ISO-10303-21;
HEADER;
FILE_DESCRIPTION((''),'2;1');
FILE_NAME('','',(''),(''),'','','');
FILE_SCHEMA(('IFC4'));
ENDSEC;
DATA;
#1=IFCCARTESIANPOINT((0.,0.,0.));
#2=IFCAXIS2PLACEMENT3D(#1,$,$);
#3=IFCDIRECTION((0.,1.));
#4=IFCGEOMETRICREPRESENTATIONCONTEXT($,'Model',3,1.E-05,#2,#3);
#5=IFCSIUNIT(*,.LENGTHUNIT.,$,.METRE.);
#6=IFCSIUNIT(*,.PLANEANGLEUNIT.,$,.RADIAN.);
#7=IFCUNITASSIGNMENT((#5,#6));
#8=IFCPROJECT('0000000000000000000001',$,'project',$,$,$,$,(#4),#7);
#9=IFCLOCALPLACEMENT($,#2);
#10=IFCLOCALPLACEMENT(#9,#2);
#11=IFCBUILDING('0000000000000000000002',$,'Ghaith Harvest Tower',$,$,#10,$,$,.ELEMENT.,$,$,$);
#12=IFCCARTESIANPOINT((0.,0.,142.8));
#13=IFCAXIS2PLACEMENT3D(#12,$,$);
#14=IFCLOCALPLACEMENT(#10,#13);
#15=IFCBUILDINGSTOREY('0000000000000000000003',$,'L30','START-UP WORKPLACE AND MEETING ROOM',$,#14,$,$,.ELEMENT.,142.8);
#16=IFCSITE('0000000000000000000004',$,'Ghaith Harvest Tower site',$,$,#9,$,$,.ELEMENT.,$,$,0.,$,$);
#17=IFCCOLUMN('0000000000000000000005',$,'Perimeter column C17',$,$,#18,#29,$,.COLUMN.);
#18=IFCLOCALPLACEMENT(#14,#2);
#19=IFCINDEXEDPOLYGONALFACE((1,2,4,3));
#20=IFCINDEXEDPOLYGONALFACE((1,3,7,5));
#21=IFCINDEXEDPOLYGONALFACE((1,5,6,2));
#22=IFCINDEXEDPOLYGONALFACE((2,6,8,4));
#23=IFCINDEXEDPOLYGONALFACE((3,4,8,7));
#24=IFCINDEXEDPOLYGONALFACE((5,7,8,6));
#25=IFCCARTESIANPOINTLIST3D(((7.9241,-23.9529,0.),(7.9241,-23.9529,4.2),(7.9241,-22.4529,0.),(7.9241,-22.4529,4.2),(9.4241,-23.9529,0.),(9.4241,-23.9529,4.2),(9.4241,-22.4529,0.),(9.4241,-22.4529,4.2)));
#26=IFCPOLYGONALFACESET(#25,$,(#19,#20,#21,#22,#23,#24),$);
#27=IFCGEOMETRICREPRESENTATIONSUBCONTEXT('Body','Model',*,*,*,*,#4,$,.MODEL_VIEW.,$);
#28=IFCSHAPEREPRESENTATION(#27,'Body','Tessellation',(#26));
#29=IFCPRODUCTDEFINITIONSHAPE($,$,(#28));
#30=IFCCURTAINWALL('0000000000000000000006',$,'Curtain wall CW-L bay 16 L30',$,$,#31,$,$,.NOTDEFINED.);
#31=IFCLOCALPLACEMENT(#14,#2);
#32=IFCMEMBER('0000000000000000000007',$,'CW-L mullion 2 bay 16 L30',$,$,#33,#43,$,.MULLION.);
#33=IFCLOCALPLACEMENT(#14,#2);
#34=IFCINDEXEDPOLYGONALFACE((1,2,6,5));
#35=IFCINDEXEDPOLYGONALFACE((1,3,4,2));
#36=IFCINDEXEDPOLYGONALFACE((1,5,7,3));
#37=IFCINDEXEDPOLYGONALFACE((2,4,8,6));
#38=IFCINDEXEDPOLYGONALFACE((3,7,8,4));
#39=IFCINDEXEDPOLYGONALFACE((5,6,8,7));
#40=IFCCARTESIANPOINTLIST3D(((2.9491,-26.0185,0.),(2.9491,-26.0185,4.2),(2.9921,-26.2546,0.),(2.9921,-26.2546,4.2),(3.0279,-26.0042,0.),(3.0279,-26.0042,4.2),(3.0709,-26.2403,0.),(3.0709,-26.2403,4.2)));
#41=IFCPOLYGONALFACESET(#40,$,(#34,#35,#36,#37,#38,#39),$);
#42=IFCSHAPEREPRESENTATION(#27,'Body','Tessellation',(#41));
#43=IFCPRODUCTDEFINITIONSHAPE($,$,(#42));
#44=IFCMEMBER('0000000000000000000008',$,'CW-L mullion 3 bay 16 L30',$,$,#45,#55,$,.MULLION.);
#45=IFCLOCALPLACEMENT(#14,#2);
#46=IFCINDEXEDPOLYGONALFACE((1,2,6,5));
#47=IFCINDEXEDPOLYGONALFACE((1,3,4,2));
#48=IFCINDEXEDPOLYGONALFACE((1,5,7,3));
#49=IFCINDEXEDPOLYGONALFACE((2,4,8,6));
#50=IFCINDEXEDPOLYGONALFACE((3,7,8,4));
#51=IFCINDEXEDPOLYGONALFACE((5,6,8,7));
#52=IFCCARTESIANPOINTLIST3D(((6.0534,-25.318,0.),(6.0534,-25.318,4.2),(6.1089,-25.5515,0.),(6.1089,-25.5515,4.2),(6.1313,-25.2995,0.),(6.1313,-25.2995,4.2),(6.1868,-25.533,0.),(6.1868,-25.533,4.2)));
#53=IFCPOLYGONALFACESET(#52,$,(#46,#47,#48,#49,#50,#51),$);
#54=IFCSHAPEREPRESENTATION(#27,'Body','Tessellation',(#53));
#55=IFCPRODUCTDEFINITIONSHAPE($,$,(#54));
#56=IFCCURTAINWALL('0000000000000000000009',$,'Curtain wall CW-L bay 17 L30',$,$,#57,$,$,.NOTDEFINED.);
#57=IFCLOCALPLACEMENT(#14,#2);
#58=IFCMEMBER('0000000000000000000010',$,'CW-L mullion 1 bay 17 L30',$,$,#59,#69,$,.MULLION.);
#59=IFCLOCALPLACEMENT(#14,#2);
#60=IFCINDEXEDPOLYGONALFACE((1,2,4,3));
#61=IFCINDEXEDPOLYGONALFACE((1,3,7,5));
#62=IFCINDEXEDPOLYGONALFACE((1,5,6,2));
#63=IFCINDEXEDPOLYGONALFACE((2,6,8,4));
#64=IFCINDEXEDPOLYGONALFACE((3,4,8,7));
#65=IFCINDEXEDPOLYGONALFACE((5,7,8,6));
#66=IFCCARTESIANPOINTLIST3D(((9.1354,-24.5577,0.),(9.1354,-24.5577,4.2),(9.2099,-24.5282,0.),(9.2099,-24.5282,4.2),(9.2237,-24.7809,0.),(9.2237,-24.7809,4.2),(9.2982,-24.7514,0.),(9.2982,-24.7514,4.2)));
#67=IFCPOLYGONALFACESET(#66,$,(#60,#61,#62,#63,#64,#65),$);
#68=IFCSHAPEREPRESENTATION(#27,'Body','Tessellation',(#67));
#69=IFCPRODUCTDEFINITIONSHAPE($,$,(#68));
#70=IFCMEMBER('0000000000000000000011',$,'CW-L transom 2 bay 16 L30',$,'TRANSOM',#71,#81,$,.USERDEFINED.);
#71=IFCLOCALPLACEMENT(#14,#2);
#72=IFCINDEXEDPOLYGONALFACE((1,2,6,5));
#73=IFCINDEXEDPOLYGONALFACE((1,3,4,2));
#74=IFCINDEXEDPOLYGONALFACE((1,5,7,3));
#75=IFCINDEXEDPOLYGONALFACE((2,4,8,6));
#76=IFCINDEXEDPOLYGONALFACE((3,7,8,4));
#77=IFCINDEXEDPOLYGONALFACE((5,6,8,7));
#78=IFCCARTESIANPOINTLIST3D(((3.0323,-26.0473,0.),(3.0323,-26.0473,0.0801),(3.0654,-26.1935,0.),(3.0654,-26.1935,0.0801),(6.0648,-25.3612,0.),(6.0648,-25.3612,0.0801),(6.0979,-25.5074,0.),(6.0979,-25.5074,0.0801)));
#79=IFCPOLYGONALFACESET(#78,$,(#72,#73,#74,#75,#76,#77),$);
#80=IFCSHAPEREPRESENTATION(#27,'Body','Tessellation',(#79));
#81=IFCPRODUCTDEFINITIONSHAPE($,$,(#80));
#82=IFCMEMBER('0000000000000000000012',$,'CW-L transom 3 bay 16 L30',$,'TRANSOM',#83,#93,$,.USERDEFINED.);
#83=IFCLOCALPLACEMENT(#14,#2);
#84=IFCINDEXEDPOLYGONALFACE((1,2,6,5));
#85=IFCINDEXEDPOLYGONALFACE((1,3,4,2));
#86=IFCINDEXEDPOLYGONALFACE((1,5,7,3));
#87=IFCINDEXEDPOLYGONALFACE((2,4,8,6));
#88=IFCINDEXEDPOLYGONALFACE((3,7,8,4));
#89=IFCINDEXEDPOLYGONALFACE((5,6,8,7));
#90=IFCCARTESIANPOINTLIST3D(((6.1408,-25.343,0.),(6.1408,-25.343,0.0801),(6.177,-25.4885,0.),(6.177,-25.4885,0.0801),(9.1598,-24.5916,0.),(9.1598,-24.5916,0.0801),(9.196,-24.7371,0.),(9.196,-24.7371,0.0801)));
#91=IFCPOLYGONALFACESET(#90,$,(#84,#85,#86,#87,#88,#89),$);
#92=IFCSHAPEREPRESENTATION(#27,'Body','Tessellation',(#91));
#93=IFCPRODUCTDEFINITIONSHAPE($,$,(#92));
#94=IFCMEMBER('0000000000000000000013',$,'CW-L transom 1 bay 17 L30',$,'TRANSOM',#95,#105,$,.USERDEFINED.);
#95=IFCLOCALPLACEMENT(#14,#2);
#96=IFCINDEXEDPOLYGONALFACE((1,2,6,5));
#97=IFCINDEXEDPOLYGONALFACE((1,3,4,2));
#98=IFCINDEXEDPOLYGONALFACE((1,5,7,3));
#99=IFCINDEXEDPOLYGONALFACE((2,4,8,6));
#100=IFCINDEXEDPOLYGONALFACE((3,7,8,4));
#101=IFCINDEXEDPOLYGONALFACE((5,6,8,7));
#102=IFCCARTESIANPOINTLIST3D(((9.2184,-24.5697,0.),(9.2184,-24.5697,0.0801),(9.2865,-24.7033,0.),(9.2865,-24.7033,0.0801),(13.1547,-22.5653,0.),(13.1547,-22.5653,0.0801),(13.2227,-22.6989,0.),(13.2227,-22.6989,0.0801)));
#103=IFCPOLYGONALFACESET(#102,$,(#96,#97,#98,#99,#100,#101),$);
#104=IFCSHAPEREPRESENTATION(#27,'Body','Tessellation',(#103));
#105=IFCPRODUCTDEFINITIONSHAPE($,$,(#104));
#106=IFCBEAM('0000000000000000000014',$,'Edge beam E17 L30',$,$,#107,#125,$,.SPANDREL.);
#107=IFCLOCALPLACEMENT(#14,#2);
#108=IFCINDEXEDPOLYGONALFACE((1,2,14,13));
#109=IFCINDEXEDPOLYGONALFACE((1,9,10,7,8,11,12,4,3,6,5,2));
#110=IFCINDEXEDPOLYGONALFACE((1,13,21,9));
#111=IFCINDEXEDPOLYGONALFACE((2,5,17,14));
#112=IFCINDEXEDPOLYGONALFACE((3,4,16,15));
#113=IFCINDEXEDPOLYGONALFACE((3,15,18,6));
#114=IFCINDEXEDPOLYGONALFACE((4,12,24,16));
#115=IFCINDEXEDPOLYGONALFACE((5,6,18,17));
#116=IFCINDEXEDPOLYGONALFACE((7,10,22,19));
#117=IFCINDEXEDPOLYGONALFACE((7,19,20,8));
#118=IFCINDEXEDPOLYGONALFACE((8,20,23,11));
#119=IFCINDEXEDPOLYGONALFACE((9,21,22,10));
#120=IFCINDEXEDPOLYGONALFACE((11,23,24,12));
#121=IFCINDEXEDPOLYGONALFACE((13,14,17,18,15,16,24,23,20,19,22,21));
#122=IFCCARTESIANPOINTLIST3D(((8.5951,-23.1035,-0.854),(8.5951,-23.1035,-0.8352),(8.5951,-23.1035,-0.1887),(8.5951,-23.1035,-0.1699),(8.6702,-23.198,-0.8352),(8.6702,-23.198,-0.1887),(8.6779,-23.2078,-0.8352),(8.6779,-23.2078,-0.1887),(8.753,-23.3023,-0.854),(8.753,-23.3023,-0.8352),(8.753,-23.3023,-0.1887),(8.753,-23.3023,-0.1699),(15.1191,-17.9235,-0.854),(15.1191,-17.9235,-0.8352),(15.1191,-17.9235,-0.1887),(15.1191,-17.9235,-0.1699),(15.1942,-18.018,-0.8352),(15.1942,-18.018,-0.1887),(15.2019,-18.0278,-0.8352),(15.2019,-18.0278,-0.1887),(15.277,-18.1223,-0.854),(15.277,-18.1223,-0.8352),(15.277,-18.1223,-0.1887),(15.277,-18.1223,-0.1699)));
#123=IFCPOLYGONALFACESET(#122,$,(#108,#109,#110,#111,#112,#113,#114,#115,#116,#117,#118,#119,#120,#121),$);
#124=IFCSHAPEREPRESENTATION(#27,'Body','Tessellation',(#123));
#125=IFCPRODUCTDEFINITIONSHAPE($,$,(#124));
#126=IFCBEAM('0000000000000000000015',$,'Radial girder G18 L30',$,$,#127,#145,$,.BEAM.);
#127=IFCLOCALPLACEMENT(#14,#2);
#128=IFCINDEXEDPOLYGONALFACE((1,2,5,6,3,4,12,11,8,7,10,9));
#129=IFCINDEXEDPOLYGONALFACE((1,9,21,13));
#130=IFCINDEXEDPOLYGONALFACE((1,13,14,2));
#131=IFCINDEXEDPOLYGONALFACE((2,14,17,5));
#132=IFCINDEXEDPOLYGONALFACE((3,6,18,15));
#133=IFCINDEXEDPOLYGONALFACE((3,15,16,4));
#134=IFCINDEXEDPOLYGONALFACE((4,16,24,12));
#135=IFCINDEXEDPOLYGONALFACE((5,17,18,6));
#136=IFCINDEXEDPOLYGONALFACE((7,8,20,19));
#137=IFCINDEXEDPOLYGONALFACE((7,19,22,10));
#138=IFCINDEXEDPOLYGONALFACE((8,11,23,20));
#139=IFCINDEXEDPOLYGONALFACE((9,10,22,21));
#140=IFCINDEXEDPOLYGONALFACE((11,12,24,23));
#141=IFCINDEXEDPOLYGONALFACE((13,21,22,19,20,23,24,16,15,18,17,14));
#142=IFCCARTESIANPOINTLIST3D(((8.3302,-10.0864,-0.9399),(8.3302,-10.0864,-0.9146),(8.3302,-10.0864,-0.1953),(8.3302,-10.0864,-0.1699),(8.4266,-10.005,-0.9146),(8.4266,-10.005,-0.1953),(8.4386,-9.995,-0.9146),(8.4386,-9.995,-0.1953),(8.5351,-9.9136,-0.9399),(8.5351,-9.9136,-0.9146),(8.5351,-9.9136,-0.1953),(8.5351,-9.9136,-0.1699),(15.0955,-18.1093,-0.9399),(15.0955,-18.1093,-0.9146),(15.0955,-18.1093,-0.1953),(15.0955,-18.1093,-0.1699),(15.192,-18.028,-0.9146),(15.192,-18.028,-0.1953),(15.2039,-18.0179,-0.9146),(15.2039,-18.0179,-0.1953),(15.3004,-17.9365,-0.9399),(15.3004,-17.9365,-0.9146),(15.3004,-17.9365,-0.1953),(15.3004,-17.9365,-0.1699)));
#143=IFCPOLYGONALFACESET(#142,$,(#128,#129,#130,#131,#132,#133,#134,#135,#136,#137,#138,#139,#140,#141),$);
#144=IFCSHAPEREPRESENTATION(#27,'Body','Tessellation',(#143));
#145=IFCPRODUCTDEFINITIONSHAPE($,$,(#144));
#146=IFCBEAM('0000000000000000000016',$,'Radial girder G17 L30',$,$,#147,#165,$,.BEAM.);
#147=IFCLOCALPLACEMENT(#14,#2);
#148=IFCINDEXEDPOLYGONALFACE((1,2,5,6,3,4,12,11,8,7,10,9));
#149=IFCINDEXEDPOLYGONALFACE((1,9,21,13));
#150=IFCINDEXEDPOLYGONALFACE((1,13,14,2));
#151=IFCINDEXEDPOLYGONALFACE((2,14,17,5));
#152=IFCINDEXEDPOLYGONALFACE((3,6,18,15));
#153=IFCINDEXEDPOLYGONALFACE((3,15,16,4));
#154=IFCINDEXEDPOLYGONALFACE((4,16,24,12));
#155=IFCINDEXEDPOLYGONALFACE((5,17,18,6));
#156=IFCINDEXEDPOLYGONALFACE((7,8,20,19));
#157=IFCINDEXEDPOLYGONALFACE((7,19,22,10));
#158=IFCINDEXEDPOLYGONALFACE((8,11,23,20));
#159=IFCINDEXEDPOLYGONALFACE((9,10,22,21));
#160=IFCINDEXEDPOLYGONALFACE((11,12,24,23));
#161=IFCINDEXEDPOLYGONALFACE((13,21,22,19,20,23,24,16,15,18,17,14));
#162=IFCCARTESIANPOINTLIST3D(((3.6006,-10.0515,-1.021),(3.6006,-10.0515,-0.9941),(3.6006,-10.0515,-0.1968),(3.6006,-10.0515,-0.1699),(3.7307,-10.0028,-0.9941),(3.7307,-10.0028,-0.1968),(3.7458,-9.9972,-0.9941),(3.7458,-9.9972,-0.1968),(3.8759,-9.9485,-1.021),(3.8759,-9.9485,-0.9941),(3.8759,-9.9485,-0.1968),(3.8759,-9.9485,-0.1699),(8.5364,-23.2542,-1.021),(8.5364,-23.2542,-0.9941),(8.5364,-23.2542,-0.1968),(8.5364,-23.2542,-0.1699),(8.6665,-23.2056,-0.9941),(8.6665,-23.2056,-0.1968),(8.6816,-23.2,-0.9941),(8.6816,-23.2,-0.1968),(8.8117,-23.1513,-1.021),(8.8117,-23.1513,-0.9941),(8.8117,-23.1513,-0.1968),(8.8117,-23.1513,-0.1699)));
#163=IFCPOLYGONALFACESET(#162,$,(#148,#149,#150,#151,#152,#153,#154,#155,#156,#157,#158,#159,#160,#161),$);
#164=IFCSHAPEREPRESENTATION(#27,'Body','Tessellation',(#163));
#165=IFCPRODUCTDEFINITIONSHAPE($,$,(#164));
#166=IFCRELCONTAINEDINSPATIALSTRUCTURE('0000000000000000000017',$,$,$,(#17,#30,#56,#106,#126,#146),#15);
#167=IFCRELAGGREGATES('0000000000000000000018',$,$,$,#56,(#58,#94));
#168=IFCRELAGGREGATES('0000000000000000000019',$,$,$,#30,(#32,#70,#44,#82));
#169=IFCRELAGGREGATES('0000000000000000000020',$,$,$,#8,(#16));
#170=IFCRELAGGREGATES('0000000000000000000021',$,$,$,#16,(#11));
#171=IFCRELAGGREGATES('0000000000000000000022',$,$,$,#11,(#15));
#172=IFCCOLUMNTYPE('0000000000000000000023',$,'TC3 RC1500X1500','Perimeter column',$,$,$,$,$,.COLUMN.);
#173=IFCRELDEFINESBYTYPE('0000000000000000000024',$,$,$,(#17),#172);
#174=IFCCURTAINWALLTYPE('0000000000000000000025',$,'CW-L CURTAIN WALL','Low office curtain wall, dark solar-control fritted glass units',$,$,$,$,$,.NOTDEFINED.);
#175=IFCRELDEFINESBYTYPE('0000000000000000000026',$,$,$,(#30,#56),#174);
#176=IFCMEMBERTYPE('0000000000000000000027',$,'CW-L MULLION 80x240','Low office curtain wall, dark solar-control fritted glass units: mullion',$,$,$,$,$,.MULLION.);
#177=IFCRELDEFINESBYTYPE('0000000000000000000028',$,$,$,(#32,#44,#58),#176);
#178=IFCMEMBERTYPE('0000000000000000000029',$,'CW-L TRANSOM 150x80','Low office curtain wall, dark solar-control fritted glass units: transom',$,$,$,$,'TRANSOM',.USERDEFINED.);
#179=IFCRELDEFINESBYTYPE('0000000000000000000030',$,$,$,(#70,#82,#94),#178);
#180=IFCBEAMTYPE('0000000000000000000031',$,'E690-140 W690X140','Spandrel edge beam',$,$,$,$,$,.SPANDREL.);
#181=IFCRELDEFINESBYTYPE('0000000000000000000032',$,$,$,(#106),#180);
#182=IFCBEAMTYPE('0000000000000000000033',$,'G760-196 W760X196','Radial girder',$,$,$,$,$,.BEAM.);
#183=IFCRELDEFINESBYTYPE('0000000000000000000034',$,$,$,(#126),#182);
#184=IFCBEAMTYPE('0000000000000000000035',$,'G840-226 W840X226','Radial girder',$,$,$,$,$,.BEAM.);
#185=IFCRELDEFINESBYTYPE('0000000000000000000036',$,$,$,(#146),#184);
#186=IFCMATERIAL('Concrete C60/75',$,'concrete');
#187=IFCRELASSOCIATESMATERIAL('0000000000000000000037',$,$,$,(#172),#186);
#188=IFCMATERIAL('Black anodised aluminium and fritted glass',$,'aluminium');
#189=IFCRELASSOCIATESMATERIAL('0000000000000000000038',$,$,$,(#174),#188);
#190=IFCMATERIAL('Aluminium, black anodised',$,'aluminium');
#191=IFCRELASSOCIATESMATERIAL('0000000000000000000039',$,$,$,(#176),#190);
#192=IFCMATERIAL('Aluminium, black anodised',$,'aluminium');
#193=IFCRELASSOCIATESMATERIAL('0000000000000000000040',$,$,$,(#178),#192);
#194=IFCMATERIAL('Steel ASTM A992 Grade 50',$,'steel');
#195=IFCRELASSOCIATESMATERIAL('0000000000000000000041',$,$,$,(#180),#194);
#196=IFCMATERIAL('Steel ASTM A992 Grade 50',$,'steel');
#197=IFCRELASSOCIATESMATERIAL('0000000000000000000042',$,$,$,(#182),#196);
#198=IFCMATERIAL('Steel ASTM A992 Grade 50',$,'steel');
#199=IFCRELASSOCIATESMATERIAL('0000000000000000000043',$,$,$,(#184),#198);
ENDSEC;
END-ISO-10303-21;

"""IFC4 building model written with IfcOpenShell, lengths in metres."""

from ifc_helpers import new_model, si_unit, direction, frame, origin, origin_2d, place, context, subcontext, project, spatial, rectangle, i_section, extrude, material, material_profile, profile_set, type_object, element, aggregate, save


model = new_model("IFC4")

# Units and contexts
model_context = context("Model", 3, precision=1e-05, world=origin(), true_north=direction((0.0, 1.0)))
body_context = subcontext(model_context, "Body", "Model", "MODEL_VIEW")
ifc_project = project(units=[si_unit("LENGTHUNIT", "METRE"), si_unit("PLANEANGLEUNIT", "RADIAN")], contexts=[model_context])

# Site, building, storey
site_placement = place(None, origin())
site = spatial("IfcSite", under=ifc_project, at=site_placement, Name="Ghaith Harvest Tower site", CompositionType="ELEMENT", RefElevation=0.0)
building_placement = place(site_placement, origin())
building = spatial("IfcBuilding", under=site, at=building_placement, Name="Ghaith Harvest Tower", CompositionType="ELEMENT")
storey_placement = place(building_placement, frame((0.0, 0.0, 142.8)))
storey = spatial("IfcBuildingStorey", under=building, at=storey_placement, Name="L30", Description="START-UP WORKPLACE AND MEETING ROOM", CompositionType="ELEMENT", Elevation=142.8)

# Column
ifc_material_1 = material(Name="Concrete C60/75", Category="concrete")
ifc_material_profile_1 = material_profile(ifc_material_1, rectangle(XDim=1.5, YDim=1.5, at=origin_2d()), Name="RC1500X1500")
ifc_profile_set_1 = profile_set([ifc_material_profile_1], Name="Concrete C60/75")
column_type = type_object("IfcColumnType", Name="TC3 RC1500X1500", Description="Perimeter column", PredefinedType="COLUMN", material=ifc_profile_set_1)
column_placement = place(storey_placement, frame((8.6741, -23.2029, 0.0), z_axis=(0.0, 0.0, 1.0), x_axis=(1.0, 0.0, 0.0)))
element("IfcColumn", 1, at=column_placement, inside=storey, type_object=column_type, Name="Perimeter column C17", PredefinedType="COLUMN", context=body_context, shape_type="SweptSolid", body=[
    extrude(rectangle(XDim=1.5, YDim=1.5, at=origin_2d()), origin(), (0.0, 0.0, 1.0), 4.2),
])

# Curtain wall, members
ifc_material_2 = material(Name="Black anodised aluminium and fritted glass", Category="aluminium")
curtain_wall_type = type_object("IfcCurtainWallType", Name="CW-L CURTAIN WALL", Description="Low office curtain wall, dark solar-control fritted glass units", PredefinedType="NOTDEFINED", material=ifc_material_2)
curtain_wall_1_placement = place(storey_placement, origin())
curtain_wall_1 = element("IfcCurtainWall", 2, at=curtain_wall_1_placement, inside=storey, type_object=curtain_wall_type, Name="Curtain wall CW-L bay 16 L30", PredefinedType="NOTDEFINED")
ifc_material_3 = material(Name="Aluminium, black anodised", Category="aluminium")
ifc_material_profile_2 = material_profile(ifc_material_3, rectangle(XDim=0.0801, YDim=0.24, at=origin_2d()), Name="CW-L MULLION 80x240")
ifc_profile_set_2 = profile_set([ifc_material_profile_2], Name="Aluminium, black anodised")
member_type_1 = type_object("IfcMemberType", Name="CW-L MULLION 80x240", Description="Low office curtain wall, dark solar-control fritted glass units: mullion", PredefinedType="MULLION", material=ifc_profile_set_2)
member_1_placement = place(storey_placement, frame((3.01, -26.1294, 0.0), z_axis=(0.0, 0.0, 1.0), x_axis=(0.983806, 0.179235, 0.0)))
member_1 = element("IfcMember", 3, at=member_1_placement, type_object=member_type_1, Name="CW-L mullion 2 bay 16 L30", PredefinedType="MULLION", context=body_context, shape_type="SweptSolid", body=[
    extrude(rectangle(XDim=0.0801, YDim=0.24, at=origin_2d()), origin(), (0.0, 0.0, 1.0), 4.2),
])
member_2_placement = place(storey_placement, frame((6.1201, -25.4255, 0.0), z_axis=(0.0, 0.0, 1.0), x_axis=(0.972918, 0.23115, 0.0)))
member_2 = element("IfcMember", 4, at=member_2_placement, type_object=member_type_1, Name="CW-L mullion 3 bay 16 L30", PredefinedType="MULLION", context=body_context, shape_type="SweptSolid", body=[
    extrude(rectangle(XDim=0.0801, YDim=0.24, at=origin_2d()), origin(), (0.0, 0.0, 1.0), 4.2),
])

# Curtain wall, member
curtain_wall_2_placement = place(storey_placement, origin())
curtain_wall_2 = element("IfcCurtainWall", 5, at=curtain_wall_2_placement, inside=storey, type_object=curtain_wall_type, Name="Curtain wall CW-L bay 17 L30", PredefinedType="NOTDEFINED")
member_3_placement = place(storey_placement, frame((9.2168, -24.6545, 0.0), z_axis=(0.0, 0.0, 1.0), x_axis=(0.929832, 0.367985, 0.0)))
member_3 = element("IfcMember", 6, at=member_3_placement, type_object=member_type_1, Name="CW-L mullion 1 bay 17 L30", PredefinedType="MULLION", context=body_context, shape_type="SweptSolid", body=[
    extrude(rectangle(XDim=0.0801, YDim=0.24, at=origin_2d()), origin(), (0.0, 0.0, 1.0), 4.2),
])

# Members
ifc_material_4 = material(Name="Aluminium, black anodised", Category="aluminium")
ifc_material_profile_3 = material_profile(ifc_material_4, rectangle(XDim=0.1499, YDim=0.0801, at=origin_2d()), Name="CW-L TRANSOM 150x80")
ifc_profile_set_3 = profile_set([ifc_material_profile_3], Name="Aluminium, black anodised")
member_type_2 = type_object("IfcMemberType", Name="CW-L TRANSOM 150x80", Description="Low office curtain wall, dark solar-control fritted glass units: transom", ElementType="TRANSOM", PredefinedType="USERDEFINED", material=ifc_profile_set_3)
member_4_placement = place(storey_placement, frame((3.0488, -26.1204, 0.04), z_axis=(0.975352, 0.220654, 0.0), x_axis=(-0.220654, 0.975352, 0.0)))
member_4 = element("IfcMember", 7, at=member_4_placement, type_object=member_type_2, Name="CW-L transom 2 bay 16 L30", ObjectType="TRANSOM", PredefinedType="USERDEFINED", context=body_context, shape_type="SweptSolid", body=[
    extrude(rectangle(XDim=0.1499, YDim=0.0801, at=origin_2d()), origin(), (0.0, 0.0, 1.0), 3.1091),
])
member_5_placement = place(storey_placement, frame((6.1589, -25.4158, 0.04), z_axis=(0.970391, 0.241538, 0.0), x_axis=(-0.241538, 0.970391, 0.0)))
member_5 = element("IfcMember", 8, at=member_5_placement, type_object=member_type_2, Name="CW-L transom 3 bay 16 L30", ObjectType="TRANSOM", PredefinedType="USERDEFINED", context=body_context, shape_type="SweptSolid", body=[
    extrude(rectangle(XDim=0.1499, YDim=0.0801, at=origin_2d()), origin(), (0.0, 0.0, 1.0), 3.1111),
])
member_6_placement = place(storey_placement, frame((9.2524, -24.6365, 0.04), z_axis=(0.89112, 0.453768, 0.0), x_axis=(-0.453768, 0.89112, 0.0)))
member_6 = element("IfcMember", 9, at=member_6_placement, type_object=member_type_2, Name="CW-L transom 1 bay 17 L30", ObjectType="TRANSOM", PredefinedType="USERDEFINED", context=body_context, shape_type="SweptSolid", body=[
    extrude(rectangle(XDim=0.1499, YDim=0.0801, at=origin_2d()), origin(), (0.0, 0.0, 1.0), 4.4172),
])
aggregate(curtain_wall_2, [member_3, member_6])

# Beams
ifc_material_5 = material(Name="Steel ASTM A992 Grade 50", Category="steel")
ifc_material_profile_4 = material_profile(ifc_material_5, i_section(OverallWidth=0.2539, OverallDepth=0.6841, WebThickness=0.0125, FlangeThickness=0.0188, at=origin_2d()), Name="W690X140")
ifc_profile_set_4 = profile_set([ifc_material_profile_4], Name="Steel ASTM A992 Grade 50")
beam_type_1 = type_object("IfcBeamType", Name="E690-140 W690X140", Description="Spandrel edge beam", PredefinedType="SPANDREL", material=ifc_profile_set_4)
beam_1_placement = place(storey_placement, frame((8.6741, -23.2029, -0.512), z_axis=(0.78316, 0.621821, 0.0), x_axis=(-0.621821, 0.78316, 0.0)))
element("IfcBeam", 10, at=beam_1_placement, inside=storey, type_object=beam_type_1, Name="Edge beam E17 L30", PredefinedType="SPANDREL", context=body_context, shape_type="SweptSolid", body=[
    extrude(i_section(OverallWidth=0.2539, OverallDepth=0.6841, WebThickness=0.0125, FlangeThickness=0.0188, at=origin_2d()), origin(), (0.0, 0.0, 1.0), 8.3303),
])
ifc_material_6 = material(Name="Steel ASTM A992 Grade 50", Category="steel")
ifc_material_profile_5 = material_profile(ifc_material_6, i_section(OverallWidth=0.2681, OverallDepth=0.77, WebThickness=0.0156, FlangeThickness=0.0254, at=origin_2d()), Name="W760X196")
ifc_profile_set_5 = profile_set([ifc_material_profile_5], Name="Steel ASTM A992 Grade 50")
beam_type_2 = type_object("IfcBeamType", Name="G760-196 W760X196", Description="Radial girder", PredefinedType="BEAM", material=ifc_profile_set_5)
beam_2_placement = place(storey_placement, frame((8.4326, -10.0, -0.5549), z_axis=(0.644649, -0.764478, 0.0), x_axis=(0.764478, 0.644649, 0.0)))
element("IfcBeam", 11, at=beam_2_placement, inside=storey, type_object=beam_type_2, Name="Radial girder G18 L30", PredefinedType="BEAM", context=body_context, shape_type="SweptSolid", body=[
    extrude(i_section(OverallWidth=0.2681, OverallDepth=0.77, WebThickness=0.0156, FlangeThickness=0.0254, at=origin_2d()), origin(), (0.0, 0.0, 1.0), 10.4946),
])
ifc_material_7 = material(Name="Steel ASTM A992 Grade 50", Category="steel")
ifc_material_profile_6 = material_profile(ifc_material_7, i_section(OverallWidth=0.2939, OverallDepth=0.8511, WebThickness=0.0161, FlangeThickness=0.0269, at=origin_2d()), Name="W840X226")
ifc_profile_set_6 = profile_set([ifc_material_profile_6], Name="Steel ASTM A992 Grade 50")
beam_type_3 = type_object("IfcBeamType", Name="G840-226 W840X226", Description="Radial girder", PredefinedType="BEAM", material=ifc_profile_set_6)
beam_3_placement = place(storey_placement, frame((3.7383, -10.0, -0.5955), z_axis=(0.350172, -0.936685, 0.0), x_axis=(0.936685, 0.350172, 0.0)))
element("IfcBeam", 12, at=beam_3_placement, inside=storey, type_object=beam_type_3, Name="Radial girder G17 L30", PredefinedType="BEAM", context=body_context, shape_type="SweptSolid", body=[
    extrude(i_section(OverallWidth=0.2939, OverallDepth=0.8511, WebThickness=0.0161, FlangeThickness=0.0269, at=origin_2d()), origin(), (0.0, 0.0, 1.0), 14.0952),
])

aggregate(curtain_wall_1, [member_1, member_4, member_2, member_5])

save(model, "model.ifc")
